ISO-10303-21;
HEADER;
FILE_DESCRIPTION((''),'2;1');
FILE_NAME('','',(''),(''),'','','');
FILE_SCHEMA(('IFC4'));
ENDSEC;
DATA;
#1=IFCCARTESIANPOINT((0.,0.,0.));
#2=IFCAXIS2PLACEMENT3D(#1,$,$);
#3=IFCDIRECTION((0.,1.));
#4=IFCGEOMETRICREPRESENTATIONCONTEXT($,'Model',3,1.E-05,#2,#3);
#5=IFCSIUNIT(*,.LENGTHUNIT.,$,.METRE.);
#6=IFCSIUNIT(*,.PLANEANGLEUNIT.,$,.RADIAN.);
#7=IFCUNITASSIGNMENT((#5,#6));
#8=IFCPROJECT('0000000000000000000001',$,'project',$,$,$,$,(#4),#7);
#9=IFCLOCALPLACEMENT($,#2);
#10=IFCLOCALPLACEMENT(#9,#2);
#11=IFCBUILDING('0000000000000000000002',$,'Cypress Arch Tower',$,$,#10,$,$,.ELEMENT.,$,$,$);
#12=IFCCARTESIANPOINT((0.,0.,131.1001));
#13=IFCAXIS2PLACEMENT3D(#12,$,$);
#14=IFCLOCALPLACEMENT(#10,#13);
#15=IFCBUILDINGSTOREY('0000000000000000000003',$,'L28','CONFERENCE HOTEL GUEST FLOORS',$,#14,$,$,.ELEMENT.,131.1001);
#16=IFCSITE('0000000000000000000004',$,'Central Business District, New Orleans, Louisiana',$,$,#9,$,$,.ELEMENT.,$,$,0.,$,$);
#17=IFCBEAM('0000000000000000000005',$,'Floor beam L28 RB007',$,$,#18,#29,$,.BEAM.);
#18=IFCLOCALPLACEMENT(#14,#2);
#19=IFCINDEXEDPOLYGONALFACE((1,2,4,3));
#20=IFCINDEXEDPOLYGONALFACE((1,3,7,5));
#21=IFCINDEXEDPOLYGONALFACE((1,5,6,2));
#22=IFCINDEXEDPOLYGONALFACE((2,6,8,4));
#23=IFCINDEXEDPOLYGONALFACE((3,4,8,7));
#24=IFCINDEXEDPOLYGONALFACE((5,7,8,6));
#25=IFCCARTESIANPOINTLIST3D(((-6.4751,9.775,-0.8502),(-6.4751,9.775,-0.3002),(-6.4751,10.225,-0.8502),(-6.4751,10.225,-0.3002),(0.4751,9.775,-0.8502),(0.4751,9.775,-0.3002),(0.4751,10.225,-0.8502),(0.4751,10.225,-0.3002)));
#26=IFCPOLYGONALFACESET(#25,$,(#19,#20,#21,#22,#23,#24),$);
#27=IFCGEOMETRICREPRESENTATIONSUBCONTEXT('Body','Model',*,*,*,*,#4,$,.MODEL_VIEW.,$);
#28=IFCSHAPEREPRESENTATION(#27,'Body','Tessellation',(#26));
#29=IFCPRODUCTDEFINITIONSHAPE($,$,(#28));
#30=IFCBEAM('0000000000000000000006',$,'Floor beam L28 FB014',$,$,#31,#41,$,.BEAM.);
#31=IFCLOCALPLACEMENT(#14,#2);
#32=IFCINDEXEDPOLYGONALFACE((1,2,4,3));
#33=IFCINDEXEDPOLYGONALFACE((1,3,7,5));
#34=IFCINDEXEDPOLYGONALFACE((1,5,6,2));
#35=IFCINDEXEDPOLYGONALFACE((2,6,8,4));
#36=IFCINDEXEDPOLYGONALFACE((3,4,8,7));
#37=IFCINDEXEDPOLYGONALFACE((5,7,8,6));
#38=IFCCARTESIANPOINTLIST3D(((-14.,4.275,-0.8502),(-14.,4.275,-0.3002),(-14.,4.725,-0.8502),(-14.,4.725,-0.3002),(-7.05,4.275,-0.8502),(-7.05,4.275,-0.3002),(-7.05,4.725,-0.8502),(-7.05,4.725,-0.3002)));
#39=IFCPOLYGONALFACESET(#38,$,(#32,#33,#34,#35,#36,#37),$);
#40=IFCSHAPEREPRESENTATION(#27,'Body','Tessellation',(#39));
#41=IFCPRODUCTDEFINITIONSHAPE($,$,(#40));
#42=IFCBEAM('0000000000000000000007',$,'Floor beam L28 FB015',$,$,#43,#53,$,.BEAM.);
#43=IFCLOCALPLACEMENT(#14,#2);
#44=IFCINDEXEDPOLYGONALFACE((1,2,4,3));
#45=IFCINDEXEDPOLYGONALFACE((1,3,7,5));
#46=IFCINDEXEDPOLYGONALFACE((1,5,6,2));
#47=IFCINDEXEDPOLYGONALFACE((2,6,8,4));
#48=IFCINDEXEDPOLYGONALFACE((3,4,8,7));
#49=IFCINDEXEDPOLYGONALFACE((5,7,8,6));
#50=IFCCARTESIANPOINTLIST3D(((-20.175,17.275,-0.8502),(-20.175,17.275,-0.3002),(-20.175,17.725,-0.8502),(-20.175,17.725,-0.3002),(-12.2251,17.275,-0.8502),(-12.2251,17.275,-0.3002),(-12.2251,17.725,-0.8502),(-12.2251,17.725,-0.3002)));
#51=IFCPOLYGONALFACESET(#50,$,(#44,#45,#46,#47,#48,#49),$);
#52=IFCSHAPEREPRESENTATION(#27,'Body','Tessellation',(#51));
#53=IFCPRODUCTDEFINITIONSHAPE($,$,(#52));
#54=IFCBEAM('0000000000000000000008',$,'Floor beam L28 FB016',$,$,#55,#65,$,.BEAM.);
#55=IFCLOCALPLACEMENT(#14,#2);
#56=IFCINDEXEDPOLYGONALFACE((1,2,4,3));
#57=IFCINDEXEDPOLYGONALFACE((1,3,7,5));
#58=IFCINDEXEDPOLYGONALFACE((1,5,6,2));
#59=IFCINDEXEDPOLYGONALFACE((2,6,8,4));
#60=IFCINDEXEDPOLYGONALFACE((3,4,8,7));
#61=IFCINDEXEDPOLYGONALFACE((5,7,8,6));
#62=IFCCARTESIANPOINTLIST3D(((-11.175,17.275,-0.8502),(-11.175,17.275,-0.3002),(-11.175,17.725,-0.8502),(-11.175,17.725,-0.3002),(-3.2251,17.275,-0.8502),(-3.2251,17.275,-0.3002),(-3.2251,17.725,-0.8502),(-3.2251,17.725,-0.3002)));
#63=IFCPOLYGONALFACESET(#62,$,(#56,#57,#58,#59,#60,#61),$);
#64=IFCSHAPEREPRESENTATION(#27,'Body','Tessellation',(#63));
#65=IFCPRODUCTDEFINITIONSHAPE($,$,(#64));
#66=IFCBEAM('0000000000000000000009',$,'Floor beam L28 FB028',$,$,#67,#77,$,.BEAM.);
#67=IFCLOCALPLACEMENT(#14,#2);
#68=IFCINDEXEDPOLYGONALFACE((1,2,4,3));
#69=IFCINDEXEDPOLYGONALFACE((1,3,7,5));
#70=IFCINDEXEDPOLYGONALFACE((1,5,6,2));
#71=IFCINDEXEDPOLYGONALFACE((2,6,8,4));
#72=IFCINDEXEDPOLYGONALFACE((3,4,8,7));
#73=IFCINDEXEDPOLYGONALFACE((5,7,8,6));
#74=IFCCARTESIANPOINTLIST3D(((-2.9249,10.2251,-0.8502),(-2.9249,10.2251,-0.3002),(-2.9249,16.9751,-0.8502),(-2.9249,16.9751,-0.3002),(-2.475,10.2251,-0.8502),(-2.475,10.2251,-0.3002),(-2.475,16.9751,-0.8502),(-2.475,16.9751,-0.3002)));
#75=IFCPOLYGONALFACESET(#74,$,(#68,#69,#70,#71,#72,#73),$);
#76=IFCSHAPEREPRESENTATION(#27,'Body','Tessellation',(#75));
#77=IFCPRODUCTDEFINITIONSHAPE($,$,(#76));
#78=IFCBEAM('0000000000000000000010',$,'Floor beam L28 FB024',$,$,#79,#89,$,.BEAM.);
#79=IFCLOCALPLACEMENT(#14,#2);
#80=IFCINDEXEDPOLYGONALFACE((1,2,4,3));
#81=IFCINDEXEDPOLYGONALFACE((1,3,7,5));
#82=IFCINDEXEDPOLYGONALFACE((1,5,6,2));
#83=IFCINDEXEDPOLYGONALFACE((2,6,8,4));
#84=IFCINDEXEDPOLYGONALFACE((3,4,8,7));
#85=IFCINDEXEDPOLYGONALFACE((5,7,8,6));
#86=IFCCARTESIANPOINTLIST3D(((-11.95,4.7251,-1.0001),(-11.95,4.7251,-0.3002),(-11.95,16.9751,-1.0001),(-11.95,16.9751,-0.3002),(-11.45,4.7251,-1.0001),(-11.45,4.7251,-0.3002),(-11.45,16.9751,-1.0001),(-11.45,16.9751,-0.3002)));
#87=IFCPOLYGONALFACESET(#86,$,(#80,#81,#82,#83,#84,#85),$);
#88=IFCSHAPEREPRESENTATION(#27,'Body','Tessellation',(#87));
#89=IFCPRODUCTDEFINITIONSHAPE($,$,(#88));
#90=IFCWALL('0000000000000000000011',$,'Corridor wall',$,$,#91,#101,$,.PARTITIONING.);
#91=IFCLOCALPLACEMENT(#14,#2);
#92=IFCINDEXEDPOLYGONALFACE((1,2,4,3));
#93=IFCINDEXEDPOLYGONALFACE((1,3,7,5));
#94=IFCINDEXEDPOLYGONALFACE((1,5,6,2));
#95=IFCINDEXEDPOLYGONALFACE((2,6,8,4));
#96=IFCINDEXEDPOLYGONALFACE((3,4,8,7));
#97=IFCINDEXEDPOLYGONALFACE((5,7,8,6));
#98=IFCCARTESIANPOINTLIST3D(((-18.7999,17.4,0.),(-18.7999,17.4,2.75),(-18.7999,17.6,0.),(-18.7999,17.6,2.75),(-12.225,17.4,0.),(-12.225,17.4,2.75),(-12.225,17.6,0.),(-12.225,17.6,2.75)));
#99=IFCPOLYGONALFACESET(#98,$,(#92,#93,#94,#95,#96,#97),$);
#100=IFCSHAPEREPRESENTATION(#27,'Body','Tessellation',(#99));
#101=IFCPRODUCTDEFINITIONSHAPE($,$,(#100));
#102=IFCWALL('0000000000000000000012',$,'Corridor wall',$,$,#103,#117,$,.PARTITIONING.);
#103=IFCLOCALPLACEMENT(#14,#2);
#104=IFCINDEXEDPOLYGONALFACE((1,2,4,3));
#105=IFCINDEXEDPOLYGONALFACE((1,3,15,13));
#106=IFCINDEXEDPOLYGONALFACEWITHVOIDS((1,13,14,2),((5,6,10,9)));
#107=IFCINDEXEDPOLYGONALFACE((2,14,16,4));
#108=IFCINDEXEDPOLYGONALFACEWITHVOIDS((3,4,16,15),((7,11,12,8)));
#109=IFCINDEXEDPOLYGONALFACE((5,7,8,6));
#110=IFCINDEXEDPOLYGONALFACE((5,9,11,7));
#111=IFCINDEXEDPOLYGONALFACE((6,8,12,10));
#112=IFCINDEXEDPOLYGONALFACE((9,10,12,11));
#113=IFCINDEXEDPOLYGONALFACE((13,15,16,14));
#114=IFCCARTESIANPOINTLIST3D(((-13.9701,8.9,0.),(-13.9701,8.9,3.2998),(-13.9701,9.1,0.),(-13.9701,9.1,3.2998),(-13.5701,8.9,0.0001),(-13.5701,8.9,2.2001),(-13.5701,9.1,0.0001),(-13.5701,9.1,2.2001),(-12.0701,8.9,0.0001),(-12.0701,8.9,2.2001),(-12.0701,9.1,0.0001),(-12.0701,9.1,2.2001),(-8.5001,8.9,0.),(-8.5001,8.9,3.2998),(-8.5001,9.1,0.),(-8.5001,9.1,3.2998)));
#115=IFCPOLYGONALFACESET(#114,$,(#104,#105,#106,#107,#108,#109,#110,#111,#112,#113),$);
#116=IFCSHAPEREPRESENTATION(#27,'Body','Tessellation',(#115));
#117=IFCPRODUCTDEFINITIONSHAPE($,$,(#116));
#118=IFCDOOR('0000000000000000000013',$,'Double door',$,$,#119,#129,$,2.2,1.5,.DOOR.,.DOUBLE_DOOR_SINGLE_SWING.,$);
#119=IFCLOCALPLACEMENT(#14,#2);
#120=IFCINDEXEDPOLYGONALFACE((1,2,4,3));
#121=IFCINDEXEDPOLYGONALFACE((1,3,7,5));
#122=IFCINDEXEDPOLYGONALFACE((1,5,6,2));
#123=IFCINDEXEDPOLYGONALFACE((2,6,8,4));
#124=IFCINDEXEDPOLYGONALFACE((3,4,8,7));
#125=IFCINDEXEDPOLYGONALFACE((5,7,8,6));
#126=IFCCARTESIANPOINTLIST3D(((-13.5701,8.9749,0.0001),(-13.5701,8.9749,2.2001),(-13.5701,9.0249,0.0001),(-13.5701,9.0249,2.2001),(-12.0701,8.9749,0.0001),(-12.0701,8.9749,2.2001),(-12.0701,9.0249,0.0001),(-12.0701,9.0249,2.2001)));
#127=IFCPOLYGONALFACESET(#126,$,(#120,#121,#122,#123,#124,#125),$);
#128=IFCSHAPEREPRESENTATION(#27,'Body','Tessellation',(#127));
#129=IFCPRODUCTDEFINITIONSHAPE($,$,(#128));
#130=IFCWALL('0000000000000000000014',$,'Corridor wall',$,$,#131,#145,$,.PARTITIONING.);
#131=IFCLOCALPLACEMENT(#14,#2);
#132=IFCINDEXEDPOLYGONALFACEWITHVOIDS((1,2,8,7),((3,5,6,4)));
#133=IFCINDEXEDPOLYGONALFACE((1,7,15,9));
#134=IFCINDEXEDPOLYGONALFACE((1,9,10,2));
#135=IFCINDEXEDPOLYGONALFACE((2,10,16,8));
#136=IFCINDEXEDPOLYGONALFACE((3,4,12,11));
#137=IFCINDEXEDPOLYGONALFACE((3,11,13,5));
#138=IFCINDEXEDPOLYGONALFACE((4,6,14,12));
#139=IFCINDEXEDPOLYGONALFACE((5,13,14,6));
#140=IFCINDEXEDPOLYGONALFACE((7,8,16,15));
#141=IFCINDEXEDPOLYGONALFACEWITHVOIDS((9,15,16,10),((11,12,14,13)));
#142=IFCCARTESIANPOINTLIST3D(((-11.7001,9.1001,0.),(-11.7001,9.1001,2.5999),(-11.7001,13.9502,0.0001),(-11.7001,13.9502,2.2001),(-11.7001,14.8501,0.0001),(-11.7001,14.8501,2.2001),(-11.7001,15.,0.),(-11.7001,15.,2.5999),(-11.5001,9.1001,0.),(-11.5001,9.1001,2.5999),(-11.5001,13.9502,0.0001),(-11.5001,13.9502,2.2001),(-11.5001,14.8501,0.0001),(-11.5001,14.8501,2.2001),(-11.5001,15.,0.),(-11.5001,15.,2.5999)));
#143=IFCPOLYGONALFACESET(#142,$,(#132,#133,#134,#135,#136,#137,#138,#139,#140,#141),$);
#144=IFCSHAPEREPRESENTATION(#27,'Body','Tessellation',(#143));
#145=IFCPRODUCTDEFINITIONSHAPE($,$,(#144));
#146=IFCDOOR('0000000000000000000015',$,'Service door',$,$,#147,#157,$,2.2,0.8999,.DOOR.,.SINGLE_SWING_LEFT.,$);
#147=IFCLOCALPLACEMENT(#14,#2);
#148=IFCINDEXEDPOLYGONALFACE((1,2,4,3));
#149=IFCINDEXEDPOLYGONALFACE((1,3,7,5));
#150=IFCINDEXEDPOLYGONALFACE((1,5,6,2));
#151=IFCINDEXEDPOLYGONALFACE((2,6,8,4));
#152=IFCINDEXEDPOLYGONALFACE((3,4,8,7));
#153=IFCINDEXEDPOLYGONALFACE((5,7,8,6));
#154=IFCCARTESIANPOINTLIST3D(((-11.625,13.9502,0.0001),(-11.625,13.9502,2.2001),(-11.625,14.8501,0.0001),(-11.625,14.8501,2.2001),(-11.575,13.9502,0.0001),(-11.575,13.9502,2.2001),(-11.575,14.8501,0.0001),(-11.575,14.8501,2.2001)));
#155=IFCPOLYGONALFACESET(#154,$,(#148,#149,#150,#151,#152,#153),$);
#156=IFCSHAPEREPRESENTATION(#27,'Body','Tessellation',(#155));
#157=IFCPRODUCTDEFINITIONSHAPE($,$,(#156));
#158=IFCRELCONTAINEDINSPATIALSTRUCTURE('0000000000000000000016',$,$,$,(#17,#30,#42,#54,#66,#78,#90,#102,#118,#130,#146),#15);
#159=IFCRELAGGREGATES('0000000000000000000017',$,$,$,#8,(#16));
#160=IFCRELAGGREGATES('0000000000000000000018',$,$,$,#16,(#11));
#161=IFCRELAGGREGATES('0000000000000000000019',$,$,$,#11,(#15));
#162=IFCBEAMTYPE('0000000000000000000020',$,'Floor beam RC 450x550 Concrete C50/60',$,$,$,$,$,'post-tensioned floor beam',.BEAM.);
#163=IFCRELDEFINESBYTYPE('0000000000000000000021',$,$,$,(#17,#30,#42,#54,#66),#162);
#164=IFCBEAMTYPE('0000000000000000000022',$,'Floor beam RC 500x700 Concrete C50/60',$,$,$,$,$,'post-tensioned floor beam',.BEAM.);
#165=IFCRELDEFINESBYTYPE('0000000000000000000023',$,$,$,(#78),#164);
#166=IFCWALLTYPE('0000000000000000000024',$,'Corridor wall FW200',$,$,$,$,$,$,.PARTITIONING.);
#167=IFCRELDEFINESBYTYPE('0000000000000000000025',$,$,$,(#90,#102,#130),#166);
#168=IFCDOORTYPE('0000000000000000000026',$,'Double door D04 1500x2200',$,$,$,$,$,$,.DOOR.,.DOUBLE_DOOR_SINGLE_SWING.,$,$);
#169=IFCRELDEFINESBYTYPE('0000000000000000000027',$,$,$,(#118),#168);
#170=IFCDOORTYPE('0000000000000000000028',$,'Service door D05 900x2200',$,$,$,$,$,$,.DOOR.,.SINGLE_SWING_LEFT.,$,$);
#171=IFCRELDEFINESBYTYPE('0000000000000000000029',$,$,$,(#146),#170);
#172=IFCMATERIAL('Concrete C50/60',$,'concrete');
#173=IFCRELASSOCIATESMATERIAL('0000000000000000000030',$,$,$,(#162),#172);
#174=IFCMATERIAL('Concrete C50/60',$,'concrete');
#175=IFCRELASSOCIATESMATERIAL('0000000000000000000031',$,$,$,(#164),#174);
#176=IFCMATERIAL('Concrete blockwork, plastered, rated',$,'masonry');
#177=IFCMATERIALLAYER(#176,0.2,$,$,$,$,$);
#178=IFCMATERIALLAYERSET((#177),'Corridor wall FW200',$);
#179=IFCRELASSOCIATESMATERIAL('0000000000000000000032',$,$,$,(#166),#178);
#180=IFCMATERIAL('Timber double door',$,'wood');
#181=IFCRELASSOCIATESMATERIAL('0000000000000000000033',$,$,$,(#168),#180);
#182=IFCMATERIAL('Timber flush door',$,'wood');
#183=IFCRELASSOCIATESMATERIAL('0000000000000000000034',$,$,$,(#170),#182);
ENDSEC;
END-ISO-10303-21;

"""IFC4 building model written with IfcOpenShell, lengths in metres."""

from ifc_helpers import new_model, si_unit, direction, frame, frame_2d, origin, origin_2d, place, context, subcontext, project, spatial, rectangle, extrude, material, layer, layer_set, material_profile, profile_set, type_object, element, fill, save


model = new_model("IFC4")

# Units and contexts
model_context = context("Model", 3, precision=1e-05, world=origin(), true_north=direction((0.0, 1.0)))
body_context = subcontext(model_context, "Body", "Model", "MODEL_VIEW")
ifc_project = project(units=[si_unit("LENGTHUNIT", "METRE"), si_unit("PLANEANGLEUNIT", "RADIAN")], contexts=[model_context])

# Site, building, storey
site_placement = place(None, origin())
site = spatial("IfcSite", under=ifc_project, at=site_placement, Name="Central Business District, New Orleans, Louisiana", CompositionType="ELEMENT", RefElevation=0.0)
building_placement = place(site_placement, origin())
building = spatial("IfcBuilding", under=site, at=building_placement, Name="Cypress Arch Tower", CompositionType="ELEMENT")
storey_placement = place(building_placement, frame((0.0, 0.0, 131.1001)))
storey = spatial("IfcBuildingStorey", under=building, at=storey_placement, Name="L28", Description="CONFERENCE HOTEL GUEST FLOORS", CompositionType="ELEMENT", Elevation=131.1001)

# Beams
ifc_material_1 = material(Name="Concrete C50/60", Category="concrete")
ifc_material_profile_1 = material_profile(ifc_material_1, rectangle(XDim=0.45, YDim=0.55, at=origin_2d()), Name="RC 450x550")
ifc_profile_set_1 = profile_set([ifc_material_profile_1], Name="Concrete C50/60")
beam_type_1 = type_object("IfcBeamType", Name="Floor beam RC 450x550 Concrete C50/60", ElementType="post-tensioned floor beam", PredefinedType="BEAM", material=ifc_profile_set_1)
beam_1_placement = place(storey_placement, frame((-6.4751, 10.0, -0.5752), z_axis=(1.0, 0.0, 0.0), x_axis=(0.0, 1.0, 0.0)))
element("IfcBeam", 1, at=beam_1_placement, inside=storey, type_object=beam_type_1, Name="Floor beam L28 RB007", PredefinedType="BEAM", context=body_context, shape_type="SweptSolid", body=[
    extrude(rectangle(XDim=0.45, YDim=0.55, at=origin_2d()), origin(), (0.0, 0.0, 1.0), 6.9502),
])
beam_2_placement = place(storey_placement, frame((-14.0, 4.5, -0.5752), z_axis=(1.0, 0.0, 0.0), x_axis=(0.0, 1.0, 0.0)))
element("IfcBeam", 2, at=beam_2_placement, inside=storey, type_object=beam_type_1, Name="Floor beam L28 FB014", PredefinedType="BEAM", context=body_context, shape_type="SweptSolid", body=[
    extrude(rectangle(XDim=0.45, YDim=0.55, at=origin_2d()), origin(), (0.0, 0.0, 1.0), 6.95),
])
for number, where, z_axis, x_axis, name in (
    (3, (-20.175, 17.5, -0.5752), (1.0, 0.0, 0.0), (0.0, 1.0, 0.0), "Floor beam L28 FB015"),
    (4, (-11.175, 17.5, -0.5752), (1.0, 0.0, 0.0), (0.0, 1.0, 0.0), "Floor beam L28 FB016"),
):
    element("IfcBeam", number, at=place(storey_placement, frame(where, z_axis=z_axis, x_axis=x_axis)), inside=storey, type_object=beam_type_1, Name=name, PredefinedType="BEAM", context=body_context, shape_type="SweptSolid", body=[
        extrude(rectangle(XDim=0.45, YDim=0.55, at=origin_2d()), origin(), (0.0, 0.0, 1.0), 7.95),
    ])
beam_3_placement = place(storey_placement, frame((-2.7, 10.2251, -0.5752), z_axis=(0.0, 1.0, 0.0), x_axis=(-1.0, 0.0, 0.0)))
element("IfcBeam", 5, at=beam_3_placement, inside=storey, type_object=beam_type_1, Name="Floor beam L28 FB028", PredefinedType="BEAM", context=body_context, shape_type="SweptSolid", body=[
    extrude(rectangle(XDim=0.45, YDim=0.55, at=origin_2d()), origin(), (0.0, 0.0, 1.0), 6.75),
])
ifc_material_2 = material(Name="Concrete C50/60", Category="concrete")
ifc_material_profile_2 = material_profile(ifc_material_2, rectangle(XDim=0.5, YDim=0.7, at=origin_2d()), Name="RC 500x700")
ifc_profile_set_2 = profile_set([ifc_material_profile_2], Name="Concrete C50/60")
beam_type_2 = type_object("IfcBeamType", Name="Floor beam RC 500x700 Concrete C50/60", ElementType="post-tensioned floor beam", PredefinedType="BEAM", material=ifc_profile_set_2)
beam_4_placement = place(storey_placement, frame((-11.7, 4.7251, -0.6501), z_axis=(0.0, 1.0, 0.0), x_axis=(-1.0, 0.0, 0.0)))
element("IfcBeam", 6, at=beam_4_placement, inside=storey, type_object=beam_type_2, Name="Floor beam L28 FB024", PredefinedType="BEAM", context=body_context, shape_type="SweptSolid", body=[
    extrude(rectangle(XDim=0.5, YDim=0.7, at=origin_2d()), origin(), (0.0, 0.0, 1.0), 12.25),
])

# Wall
ifc_material_3 = material(Name="Concrete blockwork, plastered, rated", Category="masonry")
ifc_layer_1 = layer(ifc_material_3, 0.2)
ifc_layer_set_1 = layer_set([ifc_layer_1], Name="Corridor wall FW200")
wall_type_1 = type_object("IfcWallType", Name="Corridor wall FW200", PredefinedType="PARTITIONING", material=ifc_layer_set_1)
wall_1_placement = place(storey_placement, frame((-18.8, 17.5, 0.0), z_axis=(0.0, 0.0, 1.0), x_axis=(1.0, 0.0, 0.0)))
element("IfcWall", 7, at=wall_1_placement, inside=storey, type_object=wall_type_1, Name="Corridor wall", PredefinedType="PARTITIONING", context=body_context, shape_type="SweptSolid", body=[
    extrude(rectangle(XDim=6.575, YDim=0.2, at=frame_2d((3.2876, 0.0))), origin(), (0.0, 0.0, 1.0), 2.75),
])

# Walls, openings, doors
wall_2_placement = place(storey_placement, frame((-13.97, 9.0, 0.0), z_axis=(0.0, 0.0, 1.0), x_axis=(1.0, 0.0, 0.0)))
wall_2 = element("IfcWall", 8, at=wall_2_placement, inside=storey, type_object=wall_type_1, Name="Corridor wall", PredefinedType="PARTITIONING", context=body_context, shape_type="SweptSolid", body=[
    extrude(rectangle(XDim=5.47, YDim=0.2, at=frame_2d((2.7349, 0.0))), origin(), (0.0, 0.0, 1.0), 3.2998),
])
opening_1_placement = place(wall_2_placement, frame((0.3999, 0.0, 0.0)))
opening_1 = element("IfcOpeningElement", 9, at=opening_1_placement, cuts=wall_2, PredefinedType="OPENING", context=body_context, shape_type="SweptSolid", body=[
    extrude(rectangle(XDim=1.5, YDim=2.2, at=frame_2d((0.75, 1.1001))), frame((0.0, 0.1099, 0.0), z_axis=(0.0, -1.0, 0.0), x_axis=(1.0, 0.0, 0.0)), (0.0, 0.0, 1.0), 0.22),
])
ifc_material_4 = material(Name="Timber double door", Category="wood")
door_type_1 = type_object("IfcDoorType", Name="Double door D04 1500x2200", OperationType="DOUBLE_DOOR_SINGLE_SWING", PredefinedType="DOOR", material=ifc_material_4)
door_1_placement = place(opening_1_placement, origin())
door_1 = element("IfcDoor", 10, at=door_1_placement, inside=storey, type_object=door_type_1, Name="Double door", OperationType="DOUBLE_DOOR_SINGLE_SWING", OverallHeight=2.2, OverallWidth=1.5, PredefinedType="DOOR", context=body_context, shape_type="SweptSolid", body=[
    extrude(rectangle(XDim=1.5, YDim=2.2, at=frame_2d((0.75, 1.1001))), frame((0.0, 0.0249, 0.0), z_axis=(0.0, -1.0, 0.0), x_axis=(1.0, 0.0, 0.0)), (0.0, 0.0, 1.0), 0.05),
])
fill(opening_1, door_1)
wall_3_placement = place(storey_placement, frame((-11.6001, 9.1001, 0.0), z_axis=(0.0, 0.0, 1.0), x_axis=(0.0, 1.0, 0.0)))
wall_3 = element("IfcWall", 11, at=wall_3_placement, inside=storey, type_object=wall_type_1, Name="Corridor wall", PredefinedType="PARTITIONING", context=body_context, shape_type="SweptSolid", body=[
    extrude(rectangle(XDim=5.8999, YDim=0.2, at=frame_2d((2.95, 0.0))), origin(), (0.0, 0.0, 1.0), 2.5999),
])
opening_2_placement = place(wall_3_placement, frame((4.8501, 0.0, 0.0)))
opening_2 = element("IfcOpeningElement", 12, at=opening_2_placement, cuts=wall_3, PredefinedType="OPENING", context=body_context, shape_type="SweptSolid", body=[
    extrude(rectangle(XDim=0.8999, YDim=2.2, at=frame_2d((0.45, 1.1001))), frame((0.0, 0.1099, 0.0), z_axis=(0.0, -1.0, 0.0), x_axis=(1.0, 0.0, 0.0)), (0.0, 0.0, 1.0), 0.22),
])
ifc_material_5 = material(Name="Timber flush door", Category="wood")
door_type_2 = type_object("IfcDoorType", Name="Service door D05 900x2200", OperationType="SINGLE_SWING_LEFT", PredefinedType="DOOR", material=ifc_material_5)
door_2_placement = place(opening_2_placement, origin())
door_2 = element("IfcDoor", 13, at=door_2_placement, inside=storey, type_object=door_type_2, Name="Service door", OperationType="SINGLE_SWING_LEFT", OverallHeight=2.2, OverallWidth=0.8999, PredefinedType="DOOR", context=body_context, shape_type="SweptSolid", body=[
    extrude(rectangle(XDim=0.8999, YDim=2.2, at=frame_2d((0.45, 1.1001))), frame((0.0, 0.0249, 0.0), z_axis=(0.0, -1.0, 0.0), x_axis=(1.0, 0.0, 0.0)), (0.0, 0.0, 1.0), 0.05),
])
fill(opening_2, door_2)

save(model, "model.ifc")
